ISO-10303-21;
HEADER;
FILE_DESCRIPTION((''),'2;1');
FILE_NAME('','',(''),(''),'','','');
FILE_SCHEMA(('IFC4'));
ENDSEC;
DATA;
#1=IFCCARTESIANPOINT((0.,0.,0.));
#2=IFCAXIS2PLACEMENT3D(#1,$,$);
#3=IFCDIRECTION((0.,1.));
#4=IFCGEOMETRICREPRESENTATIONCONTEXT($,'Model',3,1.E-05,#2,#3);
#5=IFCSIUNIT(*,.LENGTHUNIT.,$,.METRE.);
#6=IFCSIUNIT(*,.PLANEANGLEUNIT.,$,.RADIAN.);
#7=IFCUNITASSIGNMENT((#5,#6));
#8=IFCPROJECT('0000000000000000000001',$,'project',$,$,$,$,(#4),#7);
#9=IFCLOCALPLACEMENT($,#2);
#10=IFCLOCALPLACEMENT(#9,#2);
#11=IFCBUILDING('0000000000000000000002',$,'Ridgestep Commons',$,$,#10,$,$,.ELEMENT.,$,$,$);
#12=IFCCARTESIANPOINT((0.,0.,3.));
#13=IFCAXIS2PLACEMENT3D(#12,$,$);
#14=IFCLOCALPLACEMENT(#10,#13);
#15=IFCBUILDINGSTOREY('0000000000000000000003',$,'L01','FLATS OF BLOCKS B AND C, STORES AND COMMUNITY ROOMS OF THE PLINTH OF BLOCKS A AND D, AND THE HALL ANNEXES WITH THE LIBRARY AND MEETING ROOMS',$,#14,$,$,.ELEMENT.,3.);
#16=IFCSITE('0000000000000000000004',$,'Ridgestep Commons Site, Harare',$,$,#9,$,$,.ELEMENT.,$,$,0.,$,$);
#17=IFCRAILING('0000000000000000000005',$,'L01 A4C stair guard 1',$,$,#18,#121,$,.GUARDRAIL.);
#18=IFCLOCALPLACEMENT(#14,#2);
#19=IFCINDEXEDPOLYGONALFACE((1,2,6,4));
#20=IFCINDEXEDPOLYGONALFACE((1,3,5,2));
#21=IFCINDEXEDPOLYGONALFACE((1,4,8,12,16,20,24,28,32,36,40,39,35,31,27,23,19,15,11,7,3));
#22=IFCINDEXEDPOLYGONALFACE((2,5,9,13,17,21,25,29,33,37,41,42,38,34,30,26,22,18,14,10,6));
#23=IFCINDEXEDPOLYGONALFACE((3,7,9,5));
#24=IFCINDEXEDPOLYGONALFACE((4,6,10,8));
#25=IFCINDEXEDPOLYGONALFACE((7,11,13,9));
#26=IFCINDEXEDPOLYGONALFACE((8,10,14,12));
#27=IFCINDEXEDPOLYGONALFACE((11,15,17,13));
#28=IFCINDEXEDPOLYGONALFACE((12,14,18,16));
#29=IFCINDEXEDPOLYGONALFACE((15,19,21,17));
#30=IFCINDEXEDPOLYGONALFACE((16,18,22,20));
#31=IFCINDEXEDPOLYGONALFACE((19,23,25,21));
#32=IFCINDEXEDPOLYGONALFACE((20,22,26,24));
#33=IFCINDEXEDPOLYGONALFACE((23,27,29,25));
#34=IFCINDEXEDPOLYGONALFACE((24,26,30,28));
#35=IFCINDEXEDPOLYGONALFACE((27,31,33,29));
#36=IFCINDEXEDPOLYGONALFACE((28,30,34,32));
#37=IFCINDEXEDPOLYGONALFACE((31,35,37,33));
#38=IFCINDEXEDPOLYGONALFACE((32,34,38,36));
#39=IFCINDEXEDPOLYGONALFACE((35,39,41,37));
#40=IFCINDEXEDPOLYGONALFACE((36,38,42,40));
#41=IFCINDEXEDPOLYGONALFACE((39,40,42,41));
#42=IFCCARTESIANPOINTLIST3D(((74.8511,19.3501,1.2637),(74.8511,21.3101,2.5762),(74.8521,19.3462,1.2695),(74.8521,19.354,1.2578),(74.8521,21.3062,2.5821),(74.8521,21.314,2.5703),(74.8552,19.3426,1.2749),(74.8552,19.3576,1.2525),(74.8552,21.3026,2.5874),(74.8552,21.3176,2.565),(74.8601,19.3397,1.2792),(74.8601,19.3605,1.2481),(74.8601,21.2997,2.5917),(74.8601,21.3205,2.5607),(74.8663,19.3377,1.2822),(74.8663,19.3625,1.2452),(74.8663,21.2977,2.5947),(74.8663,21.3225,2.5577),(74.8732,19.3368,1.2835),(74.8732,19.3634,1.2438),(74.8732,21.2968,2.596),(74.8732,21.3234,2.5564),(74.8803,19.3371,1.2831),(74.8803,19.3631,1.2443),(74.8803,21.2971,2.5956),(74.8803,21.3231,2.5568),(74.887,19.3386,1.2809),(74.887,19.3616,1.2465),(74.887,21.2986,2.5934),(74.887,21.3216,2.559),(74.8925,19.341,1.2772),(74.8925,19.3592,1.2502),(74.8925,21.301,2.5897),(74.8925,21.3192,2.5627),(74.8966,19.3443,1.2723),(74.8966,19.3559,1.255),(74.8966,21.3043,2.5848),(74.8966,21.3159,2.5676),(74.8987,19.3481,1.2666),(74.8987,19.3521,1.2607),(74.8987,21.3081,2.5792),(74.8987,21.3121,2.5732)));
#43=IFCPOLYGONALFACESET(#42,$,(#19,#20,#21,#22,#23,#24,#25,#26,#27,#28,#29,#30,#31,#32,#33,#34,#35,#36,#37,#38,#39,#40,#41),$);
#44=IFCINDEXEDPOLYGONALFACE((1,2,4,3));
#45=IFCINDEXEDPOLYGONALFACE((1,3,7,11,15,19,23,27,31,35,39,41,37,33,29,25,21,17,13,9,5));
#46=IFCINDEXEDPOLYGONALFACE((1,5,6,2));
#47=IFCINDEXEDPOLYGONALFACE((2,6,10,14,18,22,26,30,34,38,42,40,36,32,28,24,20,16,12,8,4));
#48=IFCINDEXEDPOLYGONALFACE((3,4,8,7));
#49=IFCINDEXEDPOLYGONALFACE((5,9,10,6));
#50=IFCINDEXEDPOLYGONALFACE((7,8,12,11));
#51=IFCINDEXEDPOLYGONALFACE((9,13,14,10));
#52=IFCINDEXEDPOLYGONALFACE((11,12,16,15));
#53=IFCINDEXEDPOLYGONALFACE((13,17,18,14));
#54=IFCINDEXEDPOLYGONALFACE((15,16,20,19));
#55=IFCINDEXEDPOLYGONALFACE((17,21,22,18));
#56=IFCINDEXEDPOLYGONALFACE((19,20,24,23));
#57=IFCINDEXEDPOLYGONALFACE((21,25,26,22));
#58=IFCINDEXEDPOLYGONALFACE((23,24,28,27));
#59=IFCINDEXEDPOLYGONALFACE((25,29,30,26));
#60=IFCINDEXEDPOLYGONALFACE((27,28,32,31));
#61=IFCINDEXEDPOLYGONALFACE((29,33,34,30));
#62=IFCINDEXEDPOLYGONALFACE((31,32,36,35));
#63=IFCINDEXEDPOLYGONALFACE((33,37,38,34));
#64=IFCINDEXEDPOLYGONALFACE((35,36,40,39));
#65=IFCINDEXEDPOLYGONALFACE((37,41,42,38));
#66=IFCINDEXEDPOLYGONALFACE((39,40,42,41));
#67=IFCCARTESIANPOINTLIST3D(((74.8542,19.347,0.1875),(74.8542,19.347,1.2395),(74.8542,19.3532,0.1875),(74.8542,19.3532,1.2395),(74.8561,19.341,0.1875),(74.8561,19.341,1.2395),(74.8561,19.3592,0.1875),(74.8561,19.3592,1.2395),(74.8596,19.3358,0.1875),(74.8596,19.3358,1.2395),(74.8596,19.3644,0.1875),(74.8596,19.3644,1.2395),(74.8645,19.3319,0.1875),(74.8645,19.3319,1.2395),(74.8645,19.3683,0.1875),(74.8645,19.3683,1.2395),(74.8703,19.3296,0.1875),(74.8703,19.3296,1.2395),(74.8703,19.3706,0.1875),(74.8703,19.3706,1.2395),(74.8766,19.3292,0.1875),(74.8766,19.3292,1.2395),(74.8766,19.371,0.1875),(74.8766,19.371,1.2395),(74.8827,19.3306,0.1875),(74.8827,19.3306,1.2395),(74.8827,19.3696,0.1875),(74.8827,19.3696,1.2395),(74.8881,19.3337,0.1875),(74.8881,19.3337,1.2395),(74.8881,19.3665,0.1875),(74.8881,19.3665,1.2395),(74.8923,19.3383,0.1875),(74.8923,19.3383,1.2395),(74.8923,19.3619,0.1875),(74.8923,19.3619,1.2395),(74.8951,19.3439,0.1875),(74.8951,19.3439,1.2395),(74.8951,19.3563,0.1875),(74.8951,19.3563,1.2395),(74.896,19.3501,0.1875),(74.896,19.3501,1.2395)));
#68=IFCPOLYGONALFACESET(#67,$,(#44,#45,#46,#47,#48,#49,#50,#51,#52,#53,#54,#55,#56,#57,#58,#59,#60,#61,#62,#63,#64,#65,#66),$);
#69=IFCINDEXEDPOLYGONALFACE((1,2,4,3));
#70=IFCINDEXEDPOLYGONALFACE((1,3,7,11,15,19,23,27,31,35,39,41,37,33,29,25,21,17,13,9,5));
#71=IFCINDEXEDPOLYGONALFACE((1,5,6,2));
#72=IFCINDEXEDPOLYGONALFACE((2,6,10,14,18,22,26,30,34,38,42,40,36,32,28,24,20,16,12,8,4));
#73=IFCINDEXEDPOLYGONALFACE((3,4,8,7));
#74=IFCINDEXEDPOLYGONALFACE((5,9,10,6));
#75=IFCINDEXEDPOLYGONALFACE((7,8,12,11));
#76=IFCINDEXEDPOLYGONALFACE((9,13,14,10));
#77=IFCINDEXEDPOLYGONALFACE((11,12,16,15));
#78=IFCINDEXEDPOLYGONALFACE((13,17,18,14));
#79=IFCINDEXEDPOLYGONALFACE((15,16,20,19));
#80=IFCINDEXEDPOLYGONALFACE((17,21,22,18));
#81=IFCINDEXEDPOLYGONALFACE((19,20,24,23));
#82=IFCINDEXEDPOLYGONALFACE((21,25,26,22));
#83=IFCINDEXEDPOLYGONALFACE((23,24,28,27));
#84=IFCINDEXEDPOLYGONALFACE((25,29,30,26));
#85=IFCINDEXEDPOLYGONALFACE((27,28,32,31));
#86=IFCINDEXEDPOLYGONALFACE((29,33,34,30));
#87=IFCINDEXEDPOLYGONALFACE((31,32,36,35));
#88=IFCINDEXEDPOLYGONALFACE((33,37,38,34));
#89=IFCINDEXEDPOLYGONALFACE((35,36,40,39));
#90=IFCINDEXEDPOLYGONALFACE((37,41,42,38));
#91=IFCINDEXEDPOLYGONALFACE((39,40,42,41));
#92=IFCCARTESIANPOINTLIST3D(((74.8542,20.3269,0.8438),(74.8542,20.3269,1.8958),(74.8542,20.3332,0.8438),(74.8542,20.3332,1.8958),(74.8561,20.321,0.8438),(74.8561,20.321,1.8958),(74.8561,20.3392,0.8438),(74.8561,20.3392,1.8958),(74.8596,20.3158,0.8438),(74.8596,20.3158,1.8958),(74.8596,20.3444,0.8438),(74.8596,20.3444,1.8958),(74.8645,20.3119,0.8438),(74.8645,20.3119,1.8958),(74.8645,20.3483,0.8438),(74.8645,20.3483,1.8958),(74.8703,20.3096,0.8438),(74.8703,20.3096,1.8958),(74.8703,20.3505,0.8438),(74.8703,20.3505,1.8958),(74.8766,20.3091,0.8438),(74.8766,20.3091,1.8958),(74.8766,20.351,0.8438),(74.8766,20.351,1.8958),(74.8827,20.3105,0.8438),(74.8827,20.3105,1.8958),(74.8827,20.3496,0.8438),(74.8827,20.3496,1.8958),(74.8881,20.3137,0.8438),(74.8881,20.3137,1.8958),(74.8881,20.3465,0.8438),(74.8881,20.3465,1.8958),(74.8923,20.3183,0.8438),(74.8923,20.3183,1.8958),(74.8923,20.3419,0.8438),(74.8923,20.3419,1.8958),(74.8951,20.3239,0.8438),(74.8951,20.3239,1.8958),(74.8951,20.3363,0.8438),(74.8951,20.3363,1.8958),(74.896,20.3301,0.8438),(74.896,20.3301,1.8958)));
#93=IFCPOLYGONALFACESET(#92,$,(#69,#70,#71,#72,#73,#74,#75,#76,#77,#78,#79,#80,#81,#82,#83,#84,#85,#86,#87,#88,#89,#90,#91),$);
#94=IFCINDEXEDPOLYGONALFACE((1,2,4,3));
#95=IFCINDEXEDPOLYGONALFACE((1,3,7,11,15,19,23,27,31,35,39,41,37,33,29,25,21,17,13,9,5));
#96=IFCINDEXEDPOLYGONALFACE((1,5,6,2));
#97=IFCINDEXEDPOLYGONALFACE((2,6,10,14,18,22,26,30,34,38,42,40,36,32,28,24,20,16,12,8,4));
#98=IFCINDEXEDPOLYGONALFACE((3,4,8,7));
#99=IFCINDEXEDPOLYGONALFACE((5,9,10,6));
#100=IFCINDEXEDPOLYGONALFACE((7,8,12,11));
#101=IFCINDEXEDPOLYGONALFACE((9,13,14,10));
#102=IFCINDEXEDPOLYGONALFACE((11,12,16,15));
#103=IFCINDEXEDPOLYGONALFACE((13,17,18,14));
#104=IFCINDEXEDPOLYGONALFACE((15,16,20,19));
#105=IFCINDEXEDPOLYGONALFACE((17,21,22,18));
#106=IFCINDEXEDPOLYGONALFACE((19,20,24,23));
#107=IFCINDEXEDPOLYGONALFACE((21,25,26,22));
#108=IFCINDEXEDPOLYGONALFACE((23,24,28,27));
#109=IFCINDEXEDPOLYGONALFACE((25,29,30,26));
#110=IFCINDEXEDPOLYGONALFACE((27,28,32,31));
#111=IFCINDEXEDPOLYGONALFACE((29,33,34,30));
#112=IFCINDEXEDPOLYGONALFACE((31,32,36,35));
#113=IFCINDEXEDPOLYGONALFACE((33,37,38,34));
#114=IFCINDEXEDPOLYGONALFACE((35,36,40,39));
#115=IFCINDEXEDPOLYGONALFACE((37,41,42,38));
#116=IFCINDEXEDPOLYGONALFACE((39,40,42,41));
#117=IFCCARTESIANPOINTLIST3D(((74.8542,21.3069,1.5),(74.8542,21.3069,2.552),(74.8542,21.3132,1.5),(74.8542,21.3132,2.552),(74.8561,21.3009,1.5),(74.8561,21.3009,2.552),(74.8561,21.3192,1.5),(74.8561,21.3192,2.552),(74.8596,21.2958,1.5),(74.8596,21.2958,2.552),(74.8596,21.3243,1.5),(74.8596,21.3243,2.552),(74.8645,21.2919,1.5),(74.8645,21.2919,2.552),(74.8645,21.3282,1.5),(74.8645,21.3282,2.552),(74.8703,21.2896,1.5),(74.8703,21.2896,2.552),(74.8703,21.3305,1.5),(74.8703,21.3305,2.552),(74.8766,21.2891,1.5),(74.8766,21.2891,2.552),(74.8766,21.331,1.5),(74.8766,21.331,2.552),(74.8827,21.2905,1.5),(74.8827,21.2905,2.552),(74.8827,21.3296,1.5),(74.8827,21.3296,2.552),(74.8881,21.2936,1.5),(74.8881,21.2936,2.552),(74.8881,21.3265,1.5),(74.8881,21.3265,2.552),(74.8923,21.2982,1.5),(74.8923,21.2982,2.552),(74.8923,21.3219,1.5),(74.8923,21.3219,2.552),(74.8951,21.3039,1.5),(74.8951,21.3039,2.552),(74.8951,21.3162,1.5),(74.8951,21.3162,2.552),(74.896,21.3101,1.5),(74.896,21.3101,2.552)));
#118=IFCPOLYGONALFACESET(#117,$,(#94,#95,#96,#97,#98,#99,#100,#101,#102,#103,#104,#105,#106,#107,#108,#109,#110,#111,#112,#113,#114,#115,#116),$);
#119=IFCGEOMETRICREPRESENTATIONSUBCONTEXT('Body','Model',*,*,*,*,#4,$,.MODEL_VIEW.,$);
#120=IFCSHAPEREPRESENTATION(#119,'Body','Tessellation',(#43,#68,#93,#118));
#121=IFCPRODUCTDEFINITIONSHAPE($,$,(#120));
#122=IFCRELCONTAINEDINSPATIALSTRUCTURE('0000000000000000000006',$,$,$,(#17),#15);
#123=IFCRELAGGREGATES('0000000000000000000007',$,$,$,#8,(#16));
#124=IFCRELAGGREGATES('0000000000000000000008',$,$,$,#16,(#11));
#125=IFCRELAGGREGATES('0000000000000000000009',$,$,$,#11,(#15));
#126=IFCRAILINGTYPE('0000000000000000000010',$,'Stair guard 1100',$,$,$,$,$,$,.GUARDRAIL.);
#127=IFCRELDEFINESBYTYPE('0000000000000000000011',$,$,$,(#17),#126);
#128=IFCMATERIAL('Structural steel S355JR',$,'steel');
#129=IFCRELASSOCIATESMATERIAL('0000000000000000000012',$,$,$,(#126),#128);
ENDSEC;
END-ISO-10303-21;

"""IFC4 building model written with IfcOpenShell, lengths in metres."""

from ifc_helpers import new_model, si_unit, direction, frame, origin, origin_2d, place, context, subcontext, project, spatial, circle, extrude, material, type_object, element, save


model = new_model("IFC4")

# Units and contexts
model_context = context("Model", 3, precision=1e-05, world=origin(), true_north=direction((0.0, 1.0)))
body_context = subcontext(model_context, "Body", "Model", "MODEL_VIEW")
ifc_project = project(units=[si_unit("LENGTHUNIT", "METRE"), si_unit("PLANEANGLEUNIT", "RADIAN")], contexts=[model_context])

# Site, building, storey
site_placement = place(None, origin())
site = spatial("IfcSite", under=ifc_project, at=site_placement, Name="Ridgestep Commons Site, Harare", CompositionType="ELEMENT", RefElevation=0.0)
building_placement = place(site_placement, origin())
building = spatial("IfcBuilding", under=site, at=building_placement, Name="Ridgestep Commons", CompositionType="ELEMENT")
storey_placement = place(building_placement, frame((0.0, 0.0, 3.0)))
storey = spatial("IfcBuildingStorey", under=building, at=storey_placement, Name="L01", Description="FLATS OF BLOCKS B AND C, STORES AND COMMUNITY ROOMS OF THE PLINTH OF BLOCKS A AND D, AND THE HALL ANNEXES WITH THE LIBRARY AND MEETING ROOMS", CompositionType="ELEMENT", Elevation=3.0)

# Railing
ifc_material_1 = material(Name="Structural steel S355JR", Category="steel")
railing_type_1 = type_object("IfcRailingType", Name="Stair guard 1100", PredefinedType="GUARDRAIL", material=ifc_material_1)
railing_1_placement = place(storey_placement, frame((74.875, 19.3501, 0.1875)))
element("IfcRailing", 1, at=railing_1_placement, inside=storey, type_object=railing_type_1, Name="L01 A4C stair guard 1", PredefinedType="GUARDRAIL", context=body_context, shape_type="SweptSolid", body=[
    extrude(circle(Radius=0.0239, at=origin_2d()), frame((0.0, 0.0, 1.0762), z_axis=(0.0, 0.830902, 0.556419), x_axis=(-1.0, 0.0, 0.0)), (0.0, 0.0, 1.0), 2.3589),
    extrude(circle(Radius=0.021, at=origin_2d()), origin(), (0.0, 0.0, 1.0), 1.052),
    extrude(circle(Radius=0.021, at=origin_2d()), frame((0.0, 0.98, 0.6562)), (0.0, 0.0, 1.0), 1.052),
    extrude(circle(Radius=0.021, at=origin_2d()), frame((0.0, 1.96, 1.3125)), (0.0, 0.0, 1.0), 1.052),
])

save(model, "model.ifc")
